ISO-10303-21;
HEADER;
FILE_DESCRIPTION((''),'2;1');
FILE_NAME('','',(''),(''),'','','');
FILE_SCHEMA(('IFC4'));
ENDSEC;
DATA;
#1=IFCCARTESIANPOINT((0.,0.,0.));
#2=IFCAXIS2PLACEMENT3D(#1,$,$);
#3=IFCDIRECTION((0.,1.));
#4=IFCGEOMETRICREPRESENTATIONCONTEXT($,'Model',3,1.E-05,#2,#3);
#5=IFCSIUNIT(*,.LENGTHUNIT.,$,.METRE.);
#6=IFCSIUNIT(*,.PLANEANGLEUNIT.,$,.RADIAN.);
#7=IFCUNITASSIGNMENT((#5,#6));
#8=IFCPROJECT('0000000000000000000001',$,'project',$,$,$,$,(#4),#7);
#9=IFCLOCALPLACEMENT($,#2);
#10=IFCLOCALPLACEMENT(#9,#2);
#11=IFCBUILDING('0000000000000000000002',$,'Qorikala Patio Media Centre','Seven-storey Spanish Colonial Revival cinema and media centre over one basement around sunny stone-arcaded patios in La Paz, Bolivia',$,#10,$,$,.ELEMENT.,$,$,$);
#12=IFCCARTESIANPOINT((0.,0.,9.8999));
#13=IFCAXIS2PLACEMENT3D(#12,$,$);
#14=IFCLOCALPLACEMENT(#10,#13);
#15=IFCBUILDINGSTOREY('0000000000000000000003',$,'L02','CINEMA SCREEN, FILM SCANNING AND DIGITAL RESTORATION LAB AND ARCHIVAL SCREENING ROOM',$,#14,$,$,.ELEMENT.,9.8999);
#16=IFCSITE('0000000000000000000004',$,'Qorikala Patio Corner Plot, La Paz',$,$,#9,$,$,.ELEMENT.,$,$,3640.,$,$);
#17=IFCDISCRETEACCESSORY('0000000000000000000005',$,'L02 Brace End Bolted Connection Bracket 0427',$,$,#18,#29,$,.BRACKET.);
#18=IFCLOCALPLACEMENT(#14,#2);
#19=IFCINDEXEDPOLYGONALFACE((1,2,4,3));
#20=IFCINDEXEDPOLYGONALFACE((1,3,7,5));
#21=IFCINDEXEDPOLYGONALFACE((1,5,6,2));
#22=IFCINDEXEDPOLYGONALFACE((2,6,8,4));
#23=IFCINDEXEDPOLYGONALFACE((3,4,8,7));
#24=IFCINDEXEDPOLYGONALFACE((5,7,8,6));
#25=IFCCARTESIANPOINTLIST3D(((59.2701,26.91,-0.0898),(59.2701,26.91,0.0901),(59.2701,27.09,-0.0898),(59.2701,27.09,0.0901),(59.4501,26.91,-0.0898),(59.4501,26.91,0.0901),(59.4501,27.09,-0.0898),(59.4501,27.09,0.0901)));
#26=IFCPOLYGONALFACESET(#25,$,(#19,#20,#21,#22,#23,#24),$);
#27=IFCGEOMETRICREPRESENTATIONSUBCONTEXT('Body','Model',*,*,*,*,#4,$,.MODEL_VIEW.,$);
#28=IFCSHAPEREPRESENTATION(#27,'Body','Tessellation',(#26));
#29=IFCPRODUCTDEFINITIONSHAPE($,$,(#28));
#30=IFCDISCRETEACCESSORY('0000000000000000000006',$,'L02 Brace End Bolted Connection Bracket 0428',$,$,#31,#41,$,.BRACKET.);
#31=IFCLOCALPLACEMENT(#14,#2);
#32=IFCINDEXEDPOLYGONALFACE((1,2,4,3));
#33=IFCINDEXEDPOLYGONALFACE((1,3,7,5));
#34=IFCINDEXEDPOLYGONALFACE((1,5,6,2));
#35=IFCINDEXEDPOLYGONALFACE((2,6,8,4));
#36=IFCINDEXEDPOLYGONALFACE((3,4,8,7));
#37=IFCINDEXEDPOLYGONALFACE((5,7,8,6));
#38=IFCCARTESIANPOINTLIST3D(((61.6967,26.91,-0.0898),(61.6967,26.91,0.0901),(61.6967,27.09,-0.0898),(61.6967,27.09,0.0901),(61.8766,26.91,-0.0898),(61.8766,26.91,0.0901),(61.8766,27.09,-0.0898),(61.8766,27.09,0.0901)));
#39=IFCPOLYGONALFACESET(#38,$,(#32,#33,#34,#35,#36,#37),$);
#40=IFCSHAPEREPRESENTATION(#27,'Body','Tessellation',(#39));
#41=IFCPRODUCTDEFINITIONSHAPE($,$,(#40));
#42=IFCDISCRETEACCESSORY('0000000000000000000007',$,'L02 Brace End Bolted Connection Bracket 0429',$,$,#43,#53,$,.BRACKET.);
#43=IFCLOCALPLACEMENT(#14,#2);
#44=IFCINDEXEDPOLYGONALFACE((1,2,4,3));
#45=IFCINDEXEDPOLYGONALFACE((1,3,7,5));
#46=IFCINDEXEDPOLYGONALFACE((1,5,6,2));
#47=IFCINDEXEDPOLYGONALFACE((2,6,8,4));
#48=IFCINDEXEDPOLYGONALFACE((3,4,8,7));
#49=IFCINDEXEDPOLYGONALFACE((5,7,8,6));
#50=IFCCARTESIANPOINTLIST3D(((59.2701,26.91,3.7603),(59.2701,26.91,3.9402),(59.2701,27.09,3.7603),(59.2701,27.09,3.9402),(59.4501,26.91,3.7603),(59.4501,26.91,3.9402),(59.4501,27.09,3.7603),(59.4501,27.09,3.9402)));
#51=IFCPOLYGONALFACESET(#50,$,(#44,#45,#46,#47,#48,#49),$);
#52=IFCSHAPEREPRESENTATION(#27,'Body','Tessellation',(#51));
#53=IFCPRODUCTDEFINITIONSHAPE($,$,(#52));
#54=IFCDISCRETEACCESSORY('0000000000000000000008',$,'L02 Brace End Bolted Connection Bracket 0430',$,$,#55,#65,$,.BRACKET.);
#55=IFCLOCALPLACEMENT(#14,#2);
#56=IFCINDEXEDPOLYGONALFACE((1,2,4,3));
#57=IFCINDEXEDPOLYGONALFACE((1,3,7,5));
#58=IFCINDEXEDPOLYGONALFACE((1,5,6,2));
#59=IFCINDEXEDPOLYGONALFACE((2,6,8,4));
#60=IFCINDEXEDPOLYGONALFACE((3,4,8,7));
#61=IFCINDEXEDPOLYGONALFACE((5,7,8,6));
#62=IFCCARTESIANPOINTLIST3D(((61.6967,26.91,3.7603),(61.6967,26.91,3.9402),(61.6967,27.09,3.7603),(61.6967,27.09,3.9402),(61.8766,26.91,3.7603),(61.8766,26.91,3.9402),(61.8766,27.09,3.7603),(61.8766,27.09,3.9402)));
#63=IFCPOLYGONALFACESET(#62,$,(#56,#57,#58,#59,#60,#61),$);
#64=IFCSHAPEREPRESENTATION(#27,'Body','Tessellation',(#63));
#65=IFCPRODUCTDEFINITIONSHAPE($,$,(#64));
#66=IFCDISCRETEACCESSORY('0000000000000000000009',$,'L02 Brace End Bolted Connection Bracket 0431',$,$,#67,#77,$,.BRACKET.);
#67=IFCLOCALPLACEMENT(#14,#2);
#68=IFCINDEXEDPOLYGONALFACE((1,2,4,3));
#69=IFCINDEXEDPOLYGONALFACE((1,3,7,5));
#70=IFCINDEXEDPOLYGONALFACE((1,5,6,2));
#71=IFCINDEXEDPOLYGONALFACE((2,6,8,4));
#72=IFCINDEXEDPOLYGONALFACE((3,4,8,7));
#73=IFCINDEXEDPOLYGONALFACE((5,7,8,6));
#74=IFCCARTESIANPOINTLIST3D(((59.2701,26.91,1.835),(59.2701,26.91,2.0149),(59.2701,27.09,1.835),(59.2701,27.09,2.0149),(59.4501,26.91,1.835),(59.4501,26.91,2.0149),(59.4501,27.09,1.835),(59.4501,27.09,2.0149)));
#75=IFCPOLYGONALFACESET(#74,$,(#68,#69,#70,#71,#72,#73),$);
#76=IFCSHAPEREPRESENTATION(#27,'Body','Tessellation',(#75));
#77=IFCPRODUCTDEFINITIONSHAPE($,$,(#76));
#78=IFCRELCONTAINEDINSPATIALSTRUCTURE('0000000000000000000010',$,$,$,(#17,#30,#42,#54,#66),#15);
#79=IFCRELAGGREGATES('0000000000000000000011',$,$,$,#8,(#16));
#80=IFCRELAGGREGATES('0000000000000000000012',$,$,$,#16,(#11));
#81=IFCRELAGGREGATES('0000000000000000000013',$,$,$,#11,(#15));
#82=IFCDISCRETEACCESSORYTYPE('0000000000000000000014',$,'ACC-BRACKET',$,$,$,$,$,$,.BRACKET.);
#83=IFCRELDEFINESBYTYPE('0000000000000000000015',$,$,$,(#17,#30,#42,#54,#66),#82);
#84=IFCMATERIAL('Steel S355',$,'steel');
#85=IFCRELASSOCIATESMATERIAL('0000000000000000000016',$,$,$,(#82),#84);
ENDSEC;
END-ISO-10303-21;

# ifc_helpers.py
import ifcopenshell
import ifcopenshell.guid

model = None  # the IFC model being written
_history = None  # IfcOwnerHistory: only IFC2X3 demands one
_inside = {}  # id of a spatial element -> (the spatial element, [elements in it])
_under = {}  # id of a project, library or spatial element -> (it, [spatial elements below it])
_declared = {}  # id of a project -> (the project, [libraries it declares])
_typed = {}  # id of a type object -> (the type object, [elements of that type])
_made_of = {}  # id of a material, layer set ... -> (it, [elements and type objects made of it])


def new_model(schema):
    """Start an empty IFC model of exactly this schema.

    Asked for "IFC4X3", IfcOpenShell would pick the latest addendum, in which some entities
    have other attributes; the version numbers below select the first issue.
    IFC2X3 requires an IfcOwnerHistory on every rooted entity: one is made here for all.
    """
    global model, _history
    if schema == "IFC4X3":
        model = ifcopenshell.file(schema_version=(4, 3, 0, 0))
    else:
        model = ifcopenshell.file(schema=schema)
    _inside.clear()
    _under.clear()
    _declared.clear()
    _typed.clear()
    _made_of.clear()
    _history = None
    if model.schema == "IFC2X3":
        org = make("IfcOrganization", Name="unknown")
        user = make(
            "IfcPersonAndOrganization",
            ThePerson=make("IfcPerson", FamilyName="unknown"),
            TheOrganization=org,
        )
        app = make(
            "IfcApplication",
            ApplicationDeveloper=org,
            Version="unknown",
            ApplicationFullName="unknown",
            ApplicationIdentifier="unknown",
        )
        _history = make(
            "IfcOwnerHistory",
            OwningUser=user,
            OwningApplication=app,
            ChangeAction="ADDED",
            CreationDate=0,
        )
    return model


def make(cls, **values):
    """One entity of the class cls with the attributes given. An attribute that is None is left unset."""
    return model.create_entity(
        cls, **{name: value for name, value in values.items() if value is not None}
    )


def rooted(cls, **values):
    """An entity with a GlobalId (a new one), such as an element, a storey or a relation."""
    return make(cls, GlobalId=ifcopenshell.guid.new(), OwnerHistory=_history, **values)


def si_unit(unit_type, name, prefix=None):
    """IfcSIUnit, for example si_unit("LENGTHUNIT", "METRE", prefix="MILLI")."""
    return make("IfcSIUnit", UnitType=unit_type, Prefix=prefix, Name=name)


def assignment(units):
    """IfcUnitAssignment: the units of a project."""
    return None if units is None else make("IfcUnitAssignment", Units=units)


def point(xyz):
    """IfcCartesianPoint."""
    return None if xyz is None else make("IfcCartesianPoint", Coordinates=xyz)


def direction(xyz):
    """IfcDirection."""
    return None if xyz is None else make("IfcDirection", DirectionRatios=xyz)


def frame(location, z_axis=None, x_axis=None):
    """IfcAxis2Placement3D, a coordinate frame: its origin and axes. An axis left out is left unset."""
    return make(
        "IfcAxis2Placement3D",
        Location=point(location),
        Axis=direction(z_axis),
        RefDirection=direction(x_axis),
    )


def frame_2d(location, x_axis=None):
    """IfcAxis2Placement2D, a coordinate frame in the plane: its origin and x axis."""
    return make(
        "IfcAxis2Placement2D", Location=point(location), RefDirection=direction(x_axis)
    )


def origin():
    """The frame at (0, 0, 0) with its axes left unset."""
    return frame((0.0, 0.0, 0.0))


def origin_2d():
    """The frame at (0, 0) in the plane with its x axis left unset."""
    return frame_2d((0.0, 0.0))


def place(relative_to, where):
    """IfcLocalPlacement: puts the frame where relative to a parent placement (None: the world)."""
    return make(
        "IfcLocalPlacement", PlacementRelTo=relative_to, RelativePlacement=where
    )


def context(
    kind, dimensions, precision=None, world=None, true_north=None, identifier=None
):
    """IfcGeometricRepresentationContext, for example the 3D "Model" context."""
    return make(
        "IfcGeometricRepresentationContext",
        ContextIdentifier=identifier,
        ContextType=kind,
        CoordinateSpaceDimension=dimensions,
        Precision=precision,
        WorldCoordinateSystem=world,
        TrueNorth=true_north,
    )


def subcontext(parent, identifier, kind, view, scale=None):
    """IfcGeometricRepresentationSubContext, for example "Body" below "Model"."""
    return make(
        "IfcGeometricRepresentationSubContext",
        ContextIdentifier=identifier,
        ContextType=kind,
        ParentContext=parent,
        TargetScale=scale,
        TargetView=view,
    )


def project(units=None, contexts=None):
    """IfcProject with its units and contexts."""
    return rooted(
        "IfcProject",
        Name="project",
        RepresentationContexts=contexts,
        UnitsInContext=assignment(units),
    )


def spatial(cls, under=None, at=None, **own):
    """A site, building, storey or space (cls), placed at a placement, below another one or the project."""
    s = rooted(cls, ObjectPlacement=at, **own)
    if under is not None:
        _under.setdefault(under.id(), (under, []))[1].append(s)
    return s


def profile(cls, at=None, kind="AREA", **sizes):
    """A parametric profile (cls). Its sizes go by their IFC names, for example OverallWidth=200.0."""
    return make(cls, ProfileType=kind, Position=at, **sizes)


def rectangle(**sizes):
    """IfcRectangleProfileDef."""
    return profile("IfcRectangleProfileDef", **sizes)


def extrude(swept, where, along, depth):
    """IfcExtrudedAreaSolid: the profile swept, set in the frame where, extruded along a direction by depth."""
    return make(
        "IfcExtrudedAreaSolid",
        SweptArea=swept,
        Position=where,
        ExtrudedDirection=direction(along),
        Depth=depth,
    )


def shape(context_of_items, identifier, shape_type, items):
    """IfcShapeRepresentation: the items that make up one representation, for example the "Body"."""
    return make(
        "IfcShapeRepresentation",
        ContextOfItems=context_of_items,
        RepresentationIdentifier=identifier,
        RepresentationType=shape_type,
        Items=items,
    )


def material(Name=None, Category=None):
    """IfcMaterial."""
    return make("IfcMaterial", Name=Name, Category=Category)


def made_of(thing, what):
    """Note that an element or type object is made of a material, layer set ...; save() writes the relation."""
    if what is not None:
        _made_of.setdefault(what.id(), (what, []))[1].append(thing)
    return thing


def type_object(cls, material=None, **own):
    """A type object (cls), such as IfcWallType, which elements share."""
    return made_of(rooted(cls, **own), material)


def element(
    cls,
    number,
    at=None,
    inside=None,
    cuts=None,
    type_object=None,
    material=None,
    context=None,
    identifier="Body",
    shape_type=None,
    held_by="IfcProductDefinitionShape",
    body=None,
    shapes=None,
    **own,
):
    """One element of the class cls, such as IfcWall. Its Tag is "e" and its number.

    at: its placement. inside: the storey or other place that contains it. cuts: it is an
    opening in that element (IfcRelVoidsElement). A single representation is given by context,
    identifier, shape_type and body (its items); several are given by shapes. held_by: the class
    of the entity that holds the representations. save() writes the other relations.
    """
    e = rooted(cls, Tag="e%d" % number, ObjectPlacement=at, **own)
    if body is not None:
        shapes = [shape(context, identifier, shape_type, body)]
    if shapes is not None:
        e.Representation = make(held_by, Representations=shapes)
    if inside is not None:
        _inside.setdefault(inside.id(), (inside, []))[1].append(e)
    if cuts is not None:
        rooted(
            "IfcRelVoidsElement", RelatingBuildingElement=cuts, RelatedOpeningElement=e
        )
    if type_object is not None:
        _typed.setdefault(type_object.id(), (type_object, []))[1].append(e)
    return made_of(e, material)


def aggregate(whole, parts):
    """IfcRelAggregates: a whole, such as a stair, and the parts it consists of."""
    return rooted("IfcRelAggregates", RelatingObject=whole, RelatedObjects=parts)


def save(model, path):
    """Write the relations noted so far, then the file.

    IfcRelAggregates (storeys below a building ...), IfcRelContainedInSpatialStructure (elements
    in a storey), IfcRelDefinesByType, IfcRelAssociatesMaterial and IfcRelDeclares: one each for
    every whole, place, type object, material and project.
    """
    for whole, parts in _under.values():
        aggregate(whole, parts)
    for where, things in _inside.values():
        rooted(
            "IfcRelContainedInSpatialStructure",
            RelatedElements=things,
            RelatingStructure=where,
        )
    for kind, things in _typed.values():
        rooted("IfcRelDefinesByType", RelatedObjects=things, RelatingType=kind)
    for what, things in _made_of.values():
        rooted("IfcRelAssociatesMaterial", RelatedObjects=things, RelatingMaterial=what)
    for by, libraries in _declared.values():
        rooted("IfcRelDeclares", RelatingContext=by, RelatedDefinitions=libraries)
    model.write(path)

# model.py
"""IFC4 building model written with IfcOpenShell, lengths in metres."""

from ifc_helpers import new_model, si_unit, direction, frame, origin, origin_2d, place, context, subcontext, project, spatial, rectangle, extrude, material, type_object, element, save


model = new_model("IFC4")

# Units and contexts
model_context = context("Model", 3, precision=1e-05, world=origin(), true_north=direction((0.0, 1.0)))
body_context = subcontext(model_context, "Body", "Model", "MODEL_VIEW")
ifc_project = project(units=[si_unit("LENGTHUNIT", "METRE"), si_unit("PLANEANGLEUNIT", "RADIAN")], contexts=[model_context])

# Site, building, storey
site_placement = place(None, origin())
site = spatial("IfcSite", under=ifc_project, at=site_placement, Name="Qorikala Patio Corner Plot, La Paz", CompositionType="ELEMENT", RefElevation=3640.0)
building_placement = place(site_placement, origin())
building = spatial("IfcBuilding", under=site, at=building_placement, Name="Qorikala Patio Media Centre", Description="Seven-storey Spanish Colonial Revival cinema and media centre over one basement around sunny stone-arcaded patios in La Paz, Bolivia", CompositionType="ELEMENT")
storey_placement = place(building_placement, frame((0.0, 0.0, 9.8999)))
storey = spatial("IfcBuildingStorey", under=building, at=storey_placement, Name="L02", Description="CINEMA SCREEN, FILM SCANNING AND DIGITAL RESTORATION LAB AND ARCHIVAL SCREENING ROOM", CompositionType="ELEMENT", Elevation=9.8999)

# Discrete accessories
ifc_material_1 = material(Name="Steel S355", Category="steel")
discrete_accessory_type = type_object("IfcDiscreteAccessoryType", Name="ACC-BRACKET", PredefinedType="BRACKET", material=ifc_material_1)
for number, where, z_axis, x_axis, name in (
    (1, (59.3601, 27.0, -0.0898), (0.0, 0.0, 1.0), (1.0, 0.0, 0.0), "L02 Brace End Bolted Connection Bracket 0427"),
    (2, (61.7866, 27.0, -0.0898), (0.0, 0.0, 1.0), (1.0, 0.0, 0.0), "L02 Brace End Bolted Connection Bracket 0428"),
    (3, (59.3601, 27.0, 3.7603), (0.0, 0.0, 1.0), (1.0, 0.0, 0.0), "L02 Brace End Bolted Connection Bracket 0429"),
    (4, (61.7866, 27.0, 3.7603), (0.0, 0.0, 1.0), (1.0, 0.0, 0.0), "L02 Brace End Bolted Connection Bracket 0430"),
    (5, (59.3601, 27.0, 1.835), (0.0, 0.0, 1.0), (1.0, 0.0, 0.0), "L02 Brace End Bolted Connection Bracket 0431"),
):
    element("IfcDiscreteAccessory", number, at=place(storey_placement, frame(where, z_axis=z_axis, x_axis=x_axis)), inside=storey, type_object=discrete_accessory_type, Name=name, PredefinedType="BRACKET", context=body_context, shape_type="SweptSolid", body=[
        extrude(rectangle(XDim=0.1799, YDim=0.1799, at=origin_2d()), origin(), (0.0, 0.0, 1.0), 0.1799),
    ])

save(model, "model.ifc")
